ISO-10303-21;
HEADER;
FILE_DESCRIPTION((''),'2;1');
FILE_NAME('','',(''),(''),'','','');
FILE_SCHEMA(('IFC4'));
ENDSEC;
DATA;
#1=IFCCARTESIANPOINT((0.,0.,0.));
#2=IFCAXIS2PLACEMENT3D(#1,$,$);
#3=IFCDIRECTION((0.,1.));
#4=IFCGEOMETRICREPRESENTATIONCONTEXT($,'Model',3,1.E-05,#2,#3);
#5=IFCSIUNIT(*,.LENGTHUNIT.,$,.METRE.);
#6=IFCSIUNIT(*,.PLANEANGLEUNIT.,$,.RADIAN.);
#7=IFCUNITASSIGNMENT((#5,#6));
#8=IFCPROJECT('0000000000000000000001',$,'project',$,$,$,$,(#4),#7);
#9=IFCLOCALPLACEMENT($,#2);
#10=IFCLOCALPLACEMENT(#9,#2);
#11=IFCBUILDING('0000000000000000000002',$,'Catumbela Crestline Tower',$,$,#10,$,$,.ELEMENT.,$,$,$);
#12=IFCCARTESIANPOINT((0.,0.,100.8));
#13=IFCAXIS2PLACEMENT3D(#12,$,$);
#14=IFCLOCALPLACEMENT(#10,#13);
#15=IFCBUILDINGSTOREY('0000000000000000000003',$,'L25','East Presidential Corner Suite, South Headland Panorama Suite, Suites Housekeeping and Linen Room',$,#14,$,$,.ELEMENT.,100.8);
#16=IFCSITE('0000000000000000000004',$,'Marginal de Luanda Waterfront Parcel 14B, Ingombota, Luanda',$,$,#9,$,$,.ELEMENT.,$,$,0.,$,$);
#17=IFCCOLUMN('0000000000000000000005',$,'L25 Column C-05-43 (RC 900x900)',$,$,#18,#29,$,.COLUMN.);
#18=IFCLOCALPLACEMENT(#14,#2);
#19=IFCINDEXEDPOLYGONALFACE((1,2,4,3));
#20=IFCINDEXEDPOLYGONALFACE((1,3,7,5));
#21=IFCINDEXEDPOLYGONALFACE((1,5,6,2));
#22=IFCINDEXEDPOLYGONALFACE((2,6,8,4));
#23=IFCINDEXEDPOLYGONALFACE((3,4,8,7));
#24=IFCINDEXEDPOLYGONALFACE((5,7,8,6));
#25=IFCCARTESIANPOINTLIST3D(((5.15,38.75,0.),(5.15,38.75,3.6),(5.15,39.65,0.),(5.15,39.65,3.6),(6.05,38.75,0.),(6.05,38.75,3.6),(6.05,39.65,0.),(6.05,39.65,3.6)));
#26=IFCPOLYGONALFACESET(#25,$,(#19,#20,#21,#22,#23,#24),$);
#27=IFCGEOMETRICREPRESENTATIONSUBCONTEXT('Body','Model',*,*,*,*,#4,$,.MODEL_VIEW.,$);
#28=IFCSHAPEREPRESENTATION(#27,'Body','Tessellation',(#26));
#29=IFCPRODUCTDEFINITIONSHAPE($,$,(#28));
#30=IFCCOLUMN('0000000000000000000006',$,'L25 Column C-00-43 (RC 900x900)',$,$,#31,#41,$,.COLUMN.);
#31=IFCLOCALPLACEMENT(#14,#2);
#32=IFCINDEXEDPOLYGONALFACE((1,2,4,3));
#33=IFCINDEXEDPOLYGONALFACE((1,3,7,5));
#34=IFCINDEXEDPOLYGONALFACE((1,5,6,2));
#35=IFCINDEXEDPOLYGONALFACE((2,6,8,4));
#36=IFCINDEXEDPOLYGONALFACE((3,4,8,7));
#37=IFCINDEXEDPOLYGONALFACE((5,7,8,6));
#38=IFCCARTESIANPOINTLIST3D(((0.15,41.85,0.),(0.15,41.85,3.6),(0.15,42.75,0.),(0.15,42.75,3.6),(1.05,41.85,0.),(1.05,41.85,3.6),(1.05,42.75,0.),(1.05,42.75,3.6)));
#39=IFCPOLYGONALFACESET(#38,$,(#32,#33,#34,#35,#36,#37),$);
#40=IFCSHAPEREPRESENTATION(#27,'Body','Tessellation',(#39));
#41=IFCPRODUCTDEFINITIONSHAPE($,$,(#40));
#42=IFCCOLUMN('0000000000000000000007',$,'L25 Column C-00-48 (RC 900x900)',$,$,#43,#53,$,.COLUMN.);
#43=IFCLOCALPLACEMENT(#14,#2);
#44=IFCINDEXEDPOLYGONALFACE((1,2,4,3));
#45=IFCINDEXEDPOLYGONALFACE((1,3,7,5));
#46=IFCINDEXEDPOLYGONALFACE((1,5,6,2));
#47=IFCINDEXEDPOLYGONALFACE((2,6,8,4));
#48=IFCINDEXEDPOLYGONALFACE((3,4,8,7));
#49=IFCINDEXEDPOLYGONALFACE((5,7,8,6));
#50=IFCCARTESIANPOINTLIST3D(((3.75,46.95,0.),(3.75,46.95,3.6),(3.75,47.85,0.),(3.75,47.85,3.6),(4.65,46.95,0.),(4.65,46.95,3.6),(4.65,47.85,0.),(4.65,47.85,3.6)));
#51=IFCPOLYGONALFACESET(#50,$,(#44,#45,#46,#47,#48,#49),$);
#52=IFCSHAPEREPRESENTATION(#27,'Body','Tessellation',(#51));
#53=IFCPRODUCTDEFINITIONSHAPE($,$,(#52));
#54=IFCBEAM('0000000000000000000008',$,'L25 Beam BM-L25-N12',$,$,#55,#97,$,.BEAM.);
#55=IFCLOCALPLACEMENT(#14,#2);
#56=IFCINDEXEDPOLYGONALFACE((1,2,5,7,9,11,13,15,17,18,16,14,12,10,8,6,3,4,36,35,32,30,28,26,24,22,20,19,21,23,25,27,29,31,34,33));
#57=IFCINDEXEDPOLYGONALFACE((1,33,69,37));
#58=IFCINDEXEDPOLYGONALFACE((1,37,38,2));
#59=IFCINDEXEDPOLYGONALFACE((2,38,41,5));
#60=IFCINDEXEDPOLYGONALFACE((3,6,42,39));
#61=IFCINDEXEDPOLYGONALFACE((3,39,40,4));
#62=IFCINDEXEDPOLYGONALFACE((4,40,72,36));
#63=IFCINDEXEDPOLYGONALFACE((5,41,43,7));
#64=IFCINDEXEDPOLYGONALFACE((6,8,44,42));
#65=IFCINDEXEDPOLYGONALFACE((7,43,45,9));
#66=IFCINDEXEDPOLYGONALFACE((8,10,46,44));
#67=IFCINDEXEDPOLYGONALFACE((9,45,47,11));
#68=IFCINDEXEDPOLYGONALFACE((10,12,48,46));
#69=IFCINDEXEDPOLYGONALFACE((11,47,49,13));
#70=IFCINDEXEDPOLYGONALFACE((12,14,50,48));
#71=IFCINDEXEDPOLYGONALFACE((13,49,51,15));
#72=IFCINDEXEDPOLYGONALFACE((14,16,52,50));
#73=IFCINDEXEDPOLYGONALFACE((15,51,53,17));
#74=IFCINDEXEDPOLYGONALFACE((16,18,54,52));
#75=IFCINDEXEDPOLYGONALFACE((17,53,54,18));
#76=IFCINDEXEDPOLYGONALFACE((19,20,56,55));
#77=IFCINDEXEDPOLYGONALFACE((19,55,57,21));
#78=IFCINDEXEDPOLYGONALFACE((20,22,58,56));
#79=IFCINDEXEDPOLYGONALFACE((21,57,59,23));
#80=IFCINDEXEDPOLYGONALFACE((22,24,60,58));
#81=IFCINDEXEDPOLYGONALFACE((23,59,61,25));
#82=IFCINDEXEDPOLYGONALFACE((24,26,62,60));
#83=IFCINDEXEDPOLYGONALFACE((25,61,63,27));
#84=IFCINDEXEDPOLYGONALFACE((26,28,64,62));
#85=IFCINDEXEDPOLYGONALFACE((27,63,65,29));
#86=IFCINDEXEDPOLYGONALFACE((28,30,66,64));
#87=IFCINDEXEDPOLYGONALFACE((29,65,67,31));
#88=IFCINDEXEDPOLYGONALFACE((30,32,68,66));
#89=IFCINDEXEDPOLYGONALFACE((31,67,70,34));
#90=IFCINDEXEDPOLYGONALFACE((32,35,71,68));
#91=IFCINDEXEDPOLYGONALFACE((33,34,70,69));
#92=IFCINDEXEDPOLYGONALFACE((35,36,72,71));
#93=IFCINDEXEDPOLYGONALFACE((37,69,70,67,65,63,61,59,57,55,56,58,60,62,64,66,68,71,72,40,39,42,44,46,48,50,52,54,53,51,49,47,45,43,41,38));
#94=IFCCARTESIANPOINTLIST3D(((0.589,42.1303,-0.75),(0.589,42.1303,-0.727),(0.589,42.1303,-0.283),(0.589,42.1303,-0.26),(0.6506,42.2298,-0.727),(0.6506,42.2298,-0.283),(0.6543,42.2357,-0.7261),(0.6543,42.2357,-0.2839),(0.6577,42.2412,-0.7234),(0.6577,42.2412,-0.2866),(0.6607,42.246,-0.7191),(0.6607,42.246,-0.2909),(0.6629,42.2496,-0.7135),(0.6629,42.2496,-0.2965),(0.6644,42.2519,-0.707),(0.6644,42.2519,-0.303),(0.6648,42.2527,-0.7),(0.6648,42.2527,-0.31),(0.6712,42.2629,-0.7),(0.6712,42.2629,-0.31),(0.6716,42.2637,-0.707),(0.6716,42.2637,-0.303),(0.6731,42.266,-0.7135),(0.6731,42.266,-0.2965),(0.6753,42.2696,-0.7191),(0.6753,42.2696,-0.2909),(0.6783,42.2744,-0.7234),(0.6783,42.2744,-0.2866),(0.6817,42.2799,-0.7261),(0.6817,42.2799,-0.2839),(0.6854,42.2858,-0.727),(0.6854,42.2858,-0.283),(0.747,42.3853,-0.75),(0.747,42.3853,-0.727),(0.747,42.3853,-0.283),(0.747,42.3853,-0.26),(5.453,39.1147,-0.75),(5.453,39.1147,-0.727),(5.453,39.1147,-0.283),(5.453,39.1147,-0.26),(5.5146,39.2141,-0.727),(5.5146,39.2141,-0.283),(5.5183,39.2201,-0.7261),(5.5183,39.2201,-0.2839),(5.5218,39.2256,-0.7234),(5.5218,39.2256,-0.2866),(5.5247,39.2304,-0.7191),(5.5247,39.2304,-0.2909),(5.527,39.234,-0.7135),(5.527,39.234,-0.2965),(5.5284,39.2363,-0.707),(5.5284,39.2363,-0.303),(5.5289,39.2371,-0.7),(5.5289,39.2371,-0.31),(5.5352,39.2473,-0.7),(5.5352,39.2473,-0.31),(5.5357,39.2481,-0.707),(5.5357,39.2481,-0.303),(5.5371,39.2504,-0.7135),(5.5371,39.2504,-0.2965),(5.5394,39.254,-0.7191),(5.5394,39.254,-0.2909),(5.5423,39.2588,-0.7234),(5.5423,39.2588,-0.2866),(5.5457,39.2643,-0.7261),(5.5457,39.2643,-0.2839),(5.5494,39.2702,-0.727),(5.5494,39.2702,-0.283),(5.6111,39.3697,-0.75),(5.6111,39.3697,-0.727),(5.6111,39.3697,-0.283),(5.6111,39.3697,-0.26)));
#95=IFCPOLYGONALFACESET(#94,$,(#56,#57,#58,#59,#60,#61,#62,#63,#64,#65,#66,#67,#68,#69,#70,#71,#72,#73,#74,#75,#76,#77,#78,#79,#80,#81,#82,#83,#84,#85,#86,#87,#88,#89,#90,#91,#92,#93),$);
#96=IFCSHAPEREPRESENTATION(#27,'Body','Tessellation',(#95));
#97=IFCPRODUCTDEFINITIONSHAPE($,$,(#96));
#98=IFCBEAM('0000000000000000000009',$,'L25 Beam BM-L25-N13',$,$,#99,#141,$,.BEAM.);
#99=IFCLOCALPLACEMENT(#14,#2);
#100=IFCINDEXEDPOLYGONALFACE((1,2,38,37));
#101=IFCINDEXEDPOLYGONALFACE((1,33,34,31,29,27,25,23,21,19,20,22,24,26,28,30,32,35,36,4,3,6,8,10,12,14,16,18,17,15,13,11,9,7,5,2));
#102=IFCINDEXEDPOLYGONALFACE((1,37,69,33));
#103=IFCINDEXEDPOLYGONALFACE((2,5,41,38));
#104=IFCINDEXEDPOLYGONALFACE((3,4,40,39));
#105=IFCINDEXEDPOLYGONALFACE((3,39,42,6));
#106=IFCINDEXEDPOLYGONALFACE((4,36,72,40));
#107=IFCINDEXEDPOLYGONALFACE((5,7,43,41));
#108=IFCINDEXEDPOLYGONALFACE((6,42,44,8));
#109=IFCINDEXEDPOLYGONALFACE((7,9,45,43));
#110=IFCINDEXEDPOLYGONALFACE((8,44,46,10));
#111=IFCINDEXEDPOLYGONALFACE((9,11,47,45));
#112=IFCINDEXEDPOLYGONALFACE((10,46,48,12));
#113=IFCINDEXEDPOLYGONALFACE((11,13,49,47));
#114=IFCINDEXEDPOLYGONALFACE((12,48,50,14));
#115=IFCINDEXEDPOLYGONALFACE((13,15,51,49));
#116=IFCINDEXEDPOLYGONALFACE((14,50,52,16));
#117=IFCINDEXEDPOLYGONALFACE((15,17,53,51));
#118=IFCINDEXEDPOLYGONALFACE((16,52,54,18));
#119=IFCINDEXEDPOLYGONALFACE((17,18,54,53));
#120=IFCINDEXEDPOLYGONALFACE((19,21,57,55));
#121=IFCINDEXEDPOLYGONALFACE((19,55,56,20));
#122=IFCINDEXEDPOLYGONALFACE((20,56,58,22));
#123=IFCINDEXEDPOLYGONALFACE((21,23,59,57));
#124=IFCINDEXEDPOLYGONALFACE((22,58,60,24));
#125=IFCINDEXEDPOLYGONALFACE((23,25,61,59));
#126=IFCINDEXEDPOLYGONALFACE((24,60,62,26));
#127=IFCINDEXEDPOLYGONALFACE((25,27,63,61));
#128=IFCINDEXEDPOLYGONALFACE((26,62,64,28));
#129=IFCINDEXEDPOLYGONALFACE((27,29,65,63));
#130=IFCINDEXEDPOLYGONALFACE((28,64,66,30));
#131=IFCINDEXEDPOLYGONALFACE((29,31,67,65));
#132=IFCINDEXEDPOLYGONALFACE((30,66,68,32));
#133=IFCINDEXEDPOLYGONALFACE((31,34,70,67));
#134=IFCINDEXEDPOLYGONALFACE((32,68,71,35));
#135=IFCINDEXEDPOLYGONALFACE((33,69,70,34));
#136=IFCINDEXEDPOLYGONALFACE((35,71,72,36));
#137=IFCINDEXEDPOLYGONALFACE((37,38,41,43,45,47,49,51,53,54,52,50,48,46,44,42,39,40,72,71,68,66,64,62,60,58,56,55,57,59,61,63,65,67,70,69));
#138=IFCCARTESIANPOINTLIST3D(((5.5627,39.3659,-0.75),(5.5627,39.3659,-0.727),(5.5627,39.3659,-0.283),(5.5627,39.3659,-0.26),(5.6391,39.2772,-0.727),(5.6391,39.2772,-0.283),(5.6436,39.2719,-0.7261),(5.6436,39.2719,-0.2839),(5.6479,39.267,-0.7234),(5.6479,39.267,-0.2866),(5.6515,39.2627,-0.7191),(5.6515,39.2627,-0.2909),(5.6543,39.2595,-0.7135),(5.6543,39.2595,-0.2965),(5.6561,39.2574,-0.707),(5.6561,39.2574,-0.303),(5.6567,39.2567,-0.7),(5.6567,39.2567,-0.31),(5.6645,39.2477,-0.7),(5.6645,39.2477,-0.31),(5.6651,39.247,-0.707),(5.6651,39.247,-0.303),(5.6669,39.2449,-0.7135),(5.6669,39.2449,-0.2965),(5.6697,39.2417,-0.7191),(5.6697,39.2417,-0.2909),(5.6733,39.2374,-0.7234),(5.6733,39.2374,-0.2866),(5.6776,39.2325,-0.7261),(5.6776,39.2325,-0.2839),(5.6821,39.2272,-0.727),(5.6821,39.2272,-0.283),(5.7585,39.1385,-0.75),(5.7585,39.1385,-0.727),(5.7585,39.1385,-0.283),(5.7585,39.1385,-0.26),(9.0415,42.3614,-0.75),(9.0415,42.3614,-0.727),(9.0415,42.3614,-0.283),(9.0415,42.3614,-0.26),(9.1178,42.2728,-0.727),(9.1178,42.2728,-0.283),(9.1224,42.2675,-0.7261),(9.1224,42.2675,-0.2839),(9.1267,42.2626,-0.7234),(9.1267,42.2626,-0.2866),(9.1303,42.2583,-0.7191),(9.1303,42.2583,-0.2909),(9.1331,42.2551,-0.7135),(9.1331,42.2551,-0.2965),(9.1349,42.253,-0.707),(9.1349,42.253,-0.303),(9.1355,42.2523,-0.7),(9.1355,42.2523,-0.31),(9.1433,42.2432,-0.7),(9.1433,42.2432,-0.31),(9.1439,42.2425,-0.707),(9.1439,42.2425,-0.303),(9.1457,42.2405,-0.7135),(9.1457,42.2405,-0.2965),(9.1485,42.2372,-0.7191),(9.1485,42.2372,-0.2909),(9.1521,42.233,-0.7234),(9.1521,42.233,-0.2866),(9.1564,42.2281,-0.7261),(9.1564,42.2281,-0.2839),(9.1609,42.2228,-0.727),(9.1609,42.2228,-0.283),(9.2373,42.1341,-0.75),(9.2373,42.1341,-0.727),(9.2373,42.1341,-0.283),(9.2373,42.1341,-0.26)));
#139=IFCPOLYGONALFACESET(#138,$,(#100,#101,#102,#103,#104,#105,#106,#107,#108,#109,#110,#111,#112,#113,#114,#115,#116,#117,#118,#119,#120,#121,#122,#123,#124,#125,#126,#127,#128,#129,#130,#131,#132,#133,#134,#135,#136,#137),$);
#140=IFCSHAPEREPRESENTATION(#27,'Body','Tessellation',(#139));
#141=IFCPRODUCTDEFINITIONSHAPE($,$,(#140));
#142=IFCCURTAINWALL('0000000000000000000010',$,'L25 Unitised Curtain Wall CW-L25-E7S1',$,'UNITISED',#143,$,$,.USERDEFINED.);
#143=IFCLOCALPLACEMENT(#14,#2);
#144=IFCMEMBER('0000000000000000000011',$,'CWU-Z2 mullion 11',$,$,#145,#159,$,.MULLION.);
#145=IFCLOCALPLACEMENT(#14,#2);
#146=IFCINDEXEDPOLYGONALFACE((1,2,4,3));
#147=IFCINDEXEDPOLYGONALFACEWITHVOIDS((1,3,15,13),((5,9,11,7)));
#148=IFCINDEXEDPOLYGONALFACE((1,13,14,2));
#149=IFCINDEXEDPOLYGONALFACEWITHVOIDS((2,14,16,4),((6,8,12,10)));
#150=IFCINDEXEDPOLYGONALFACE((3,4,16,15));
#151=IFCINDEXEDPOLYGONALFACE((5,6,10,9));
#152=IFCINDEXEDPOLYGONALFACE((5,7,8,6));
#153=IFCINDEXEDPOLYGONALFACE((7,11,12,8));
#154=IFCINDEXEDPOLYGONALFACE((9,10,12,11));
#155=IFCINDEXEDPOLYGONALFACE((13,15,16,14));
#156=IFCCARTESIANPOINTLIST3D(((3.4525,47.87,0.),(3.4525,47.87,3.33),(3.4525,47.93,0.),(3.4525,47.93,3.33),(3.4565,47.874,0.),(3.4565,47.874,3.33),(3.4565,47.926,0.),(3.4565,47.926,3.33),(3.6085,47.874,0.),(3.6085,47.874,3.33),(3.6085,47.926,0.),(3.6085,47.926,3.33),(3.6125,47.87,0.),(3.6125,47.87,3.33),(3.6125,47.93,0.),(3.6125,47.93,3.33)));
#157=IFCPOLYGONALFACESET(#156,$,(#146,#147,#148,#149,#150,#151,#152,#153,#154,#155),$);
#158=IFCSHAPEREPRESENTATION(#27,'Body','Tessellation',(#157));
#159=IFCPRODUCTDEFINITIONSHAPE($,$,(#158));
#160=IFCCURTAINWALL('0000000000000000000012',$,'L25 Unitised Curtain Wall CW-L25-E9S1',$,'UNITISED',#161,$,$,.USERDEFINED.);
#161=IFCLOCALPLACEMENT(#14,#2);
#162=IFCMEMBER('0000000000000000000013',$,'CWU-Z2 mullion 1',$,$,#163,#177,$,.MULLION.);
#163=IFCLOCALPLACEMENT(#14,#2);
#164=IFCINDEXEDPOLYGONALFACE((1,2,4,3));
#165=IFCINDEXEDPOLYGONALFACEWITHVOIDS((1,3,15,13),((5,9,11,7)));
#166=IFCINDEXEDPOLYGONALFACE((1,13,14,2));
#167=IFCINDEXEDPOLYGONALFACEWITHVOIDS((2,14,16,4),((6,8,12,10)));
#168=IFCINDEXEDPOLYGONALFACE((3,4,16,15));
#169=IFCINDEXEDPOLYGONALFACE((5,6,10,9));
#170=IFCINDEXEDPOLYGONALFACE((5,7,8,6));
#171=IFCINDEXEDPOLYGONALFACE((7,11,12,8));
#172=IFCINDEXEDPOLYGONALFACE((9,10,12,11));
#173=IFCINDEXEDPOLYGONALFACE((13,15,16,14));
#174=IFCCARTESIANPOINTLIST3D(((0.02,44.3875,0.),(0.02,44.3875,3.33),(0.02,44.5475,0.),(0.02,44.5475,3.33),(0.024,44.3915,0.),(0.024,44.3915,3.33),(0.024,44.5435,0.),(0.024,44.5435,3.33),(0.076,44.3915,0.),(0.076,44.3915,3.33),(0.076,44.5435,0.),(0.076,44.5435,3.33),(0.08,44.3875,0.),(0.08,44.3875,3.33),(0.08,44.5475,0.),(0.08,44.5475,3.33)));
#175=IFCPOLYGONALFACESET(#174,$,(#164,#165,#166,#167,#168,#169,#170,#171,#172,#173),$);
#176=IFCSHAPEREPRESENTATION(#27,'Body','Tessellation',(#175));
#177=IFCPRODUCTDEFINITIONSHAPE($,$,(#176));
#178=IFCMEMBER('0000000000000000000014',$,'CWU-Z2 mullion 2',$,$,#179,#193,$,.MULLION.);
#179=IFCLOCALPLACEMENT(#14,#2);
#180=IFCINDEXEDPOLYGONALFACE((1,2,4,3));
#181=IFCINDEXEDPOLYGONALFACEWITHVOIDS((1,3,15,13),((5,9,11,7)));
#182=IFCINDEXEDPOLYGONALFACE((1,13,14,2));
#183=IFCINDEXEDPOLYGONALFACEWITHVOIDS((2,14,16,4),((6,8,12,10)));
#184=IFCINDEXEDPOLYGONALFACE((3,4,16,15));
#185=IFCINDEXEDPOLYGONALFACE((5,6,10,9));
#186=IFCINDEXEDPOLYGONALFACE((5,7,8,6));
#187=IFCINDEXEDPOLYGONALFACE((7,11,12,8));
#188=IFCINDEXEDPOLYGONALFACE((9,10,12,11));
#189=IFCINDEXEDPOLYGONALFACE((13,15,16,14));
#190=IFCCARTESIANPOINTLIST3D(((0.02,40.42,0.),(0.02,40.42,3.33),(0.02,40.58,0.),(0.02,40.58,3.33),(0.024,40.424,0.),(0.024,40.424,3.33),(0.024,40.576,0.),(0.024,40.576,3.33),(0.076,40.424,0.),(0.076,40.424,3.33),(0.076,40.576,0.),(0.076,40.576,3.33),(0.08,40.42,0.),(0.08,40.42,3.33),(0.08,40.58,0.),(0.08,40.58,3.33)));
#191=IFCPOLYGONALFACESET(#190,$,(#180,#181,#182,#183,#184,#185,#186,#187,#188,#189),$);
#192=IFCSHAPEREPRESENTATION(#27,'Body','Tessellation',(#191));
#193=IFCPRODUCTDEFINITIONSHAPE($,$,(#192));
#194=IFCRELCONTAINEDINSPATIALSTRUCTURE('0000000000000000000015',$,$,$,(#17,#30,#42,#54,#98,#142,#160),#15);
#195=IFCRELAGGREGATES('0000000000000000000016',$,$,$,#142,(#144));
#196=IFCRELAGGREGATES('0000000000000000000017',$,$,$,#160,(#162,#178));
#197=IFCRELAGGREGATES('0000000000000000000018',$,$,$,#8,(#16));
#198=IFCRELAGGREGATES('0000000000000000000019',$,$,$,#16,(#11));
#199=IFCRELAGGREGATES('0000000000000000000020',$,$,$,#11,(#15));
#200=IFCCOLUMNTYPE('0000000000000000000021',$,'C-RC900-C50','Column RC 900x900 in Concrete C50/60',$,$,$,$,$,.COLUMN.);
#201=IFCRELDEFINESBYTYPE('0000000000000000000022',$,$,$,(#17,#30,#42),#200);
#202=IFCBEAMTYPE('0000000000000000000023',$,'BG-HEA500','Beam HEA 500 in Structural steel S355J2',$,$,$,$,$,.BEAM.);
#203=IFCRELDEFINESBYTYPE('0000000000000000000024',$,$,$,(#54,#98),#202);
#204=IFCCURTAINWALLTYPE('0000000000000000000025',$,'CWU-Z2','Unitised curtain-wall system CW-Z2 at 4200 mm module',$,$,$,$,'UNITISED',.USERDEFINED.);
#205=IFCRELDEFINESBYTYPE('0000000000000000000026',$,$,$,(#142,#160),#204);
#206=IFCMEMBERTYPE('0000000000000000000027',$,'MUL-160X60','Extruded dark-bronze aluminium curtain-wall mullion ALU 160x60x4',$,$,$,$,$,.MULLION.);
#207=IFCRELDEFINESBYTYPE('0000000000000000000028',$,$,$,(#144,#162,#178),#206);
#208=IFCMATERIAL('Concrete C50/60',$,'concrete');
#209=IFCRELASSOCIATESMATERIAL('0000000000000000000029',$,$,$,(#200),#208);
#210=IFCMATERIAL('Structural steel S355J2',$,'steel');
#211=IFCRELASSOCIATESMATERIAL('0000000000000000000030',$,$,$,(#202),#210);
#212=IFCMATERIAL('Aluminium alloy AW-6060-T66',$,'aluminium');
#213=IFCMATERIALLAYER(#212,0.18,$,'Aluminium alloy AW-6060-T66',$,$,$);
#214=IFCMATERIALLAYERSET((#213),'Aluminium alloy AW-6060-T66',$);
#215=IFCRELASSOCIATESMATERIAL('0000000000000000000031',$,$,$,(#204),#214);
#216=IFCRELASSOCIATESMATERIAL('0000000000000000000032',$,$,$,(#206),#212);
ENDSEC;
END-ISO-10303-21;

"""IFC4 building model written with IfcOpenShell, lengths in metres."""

from ifc_helpers import new_model, si_unit, direction, frame, origin, origin_2d, place, context, subcontext, project, spatial, rectangle, hollow_rectangle, i_section, extrude, material, layer, layer_set, material_profile, profile_set, type_object, element, aggregate, save


model = new_model("IFC4")

# Units and contexts
model_context = context("Model", 3, precision=1e-05, world=origin(), true_north=direction((0.0, 1.0)))
body_context = subcontext(model_context, "Body", "Model", "MODEL_VIEW")
ifc_project = project(units=[si_unit("LENGTHUNIT", "METRE"), si_unit("PLANEANGLEUNIT", "RADIAN")], contexts=[model_context])

# Site, building, storey
site_placement = place(None, origin())
site = spatial("IfcSite", under=ifc_project, at=site_placement, Name="Marginal de Luanda Waterfront Parcel 14B, Ingombota, Luanda", CompositionType="ELEMENT", RefElevation=0.0)
building_placement = place(site_placement, origin())
building = spatial("IfcBuilding", under=site, at=building_placement, Name="Catumbela Crestline Tower", CompositionType="ELEMENT")
storey_placement = place(building_placement, frame((0.0, 0.0, 100.8)))
storey = spatial("IfcBuildingStorey", under=building, at=storey_placement, Name="L25", Description="East Presidential Corner Suite, South Headland Panorama Suite, Suites Housekeeping and Linen Room", CompositionType="ELEMENT", Elevation=100.8)

# Columns
ifc_material_1 = material(Name="Concrete C50/60", Category="concrete")
ifc_material_profile_1 = material_profile(ifc_material_1, rectangle(XDim=0.9, YDim=0.9, at=origin_2d()), Name="RC 900x900")
ifc_profile_set_1 = profile_set([ifc_material_profile_1], Name="Concrete C50/60")
column_type = type_object("IfcColumnType", Name="C-RC900-C50", Description="Column RC 900x900 in Concrete C50/60", PredefinedType="COLUMN", material=ifc_profile_set_1)
for number, where, z_axis, x_axis, name in (
    (1, (5.6, 39.2, 0.0), (0.0, 0.0, 1.0), (1.0, 0.0, 0.0), "L25 Column C-05-43 (RC 900x900)"),
    (2, (0.6, 42.3, 0.0), (0.0, 0.0, 1.0), (1.0, 0.0, 0.0), "L25 Column C-00-43 (RC 900x900)"),
    (3, (4.2, 47.4, 0.0), (0.0, 0.0, 1.0), (1.0, 0.0, 0.0), "L25 Column C-00-48 (RC 900x900)"),
):
    element("IfcColumn", number, at=place(storey_placement, frame(where, z_axis=z_axis, x_axis=x_axis)), inside=storey, type_object=column_type, Name=name, PredefinedType="COLUMN", context=body_context, shape_type="SweptSolid", body=[
        extrude(rectangle(XDim=0.9, YDim=0.9, at=origin_2d()), origin(), (0.0, 0.0, 1.0), 3.6),
    ])

# Beams
ifc_material_2 = material(Name="Structural steel S355J2", Category="steel")
ifc_material_profile_2 = material_profile(ifc_material_2, i_section(OverallWidth=0.3, OverallDepth=0.49, WebThickness=0.012, FlangeThickness=0.023, FilletRadius=0.027, at=origin_2d()), Name="HEA 500")
ifc_profile_set_2 = profile_set([ifc_material_profile_2], Name="Structural steel S355J2")
beam_type_1 = type_object("IfcBeamType", Name="BG-HEA500", Description="Beam HEA 500 in Structural steel S355J2", PredefinedType="BEAM", material=ifc_profile_set_2)
beam_1_placement = place(storey_placement, frame((0.668, 42.2578, -0.505), z_axis=(0.849909, -0.52693, 0.0), x_axis=(0.52693, 0.849909, 0.0)))
element("IfcBeam", 4, at=beam_1_placement, inside=storey, type_object=beam_type_1, Name="L25 Beam BM-L25-N12", PredefinedType="BEAM", context=body_context, shape_type="SweptSolid", body=[
    extrude(i_section(OverallWidth=0.3, OverallDepth=0.49, WebThickness=0.012, FlangeThickness=0.023, FilletRadius=0.027, at=origin_2d()), origin(), (0.0, 0.0, 1.0), 5.723),
])
beam_2_placement = place(storey_placement, frame((5.6606, 39.2522, -0.505), z_axis=(0.757772, 0.652519, 0.0), x_axis=(-0.652519, 0.757772, 0.0)))
element("IfcBeam", 5, at=beam_2_placement, inside=storey, type_object=beam_type_1, Name="L25 Beam BM-L25-N13", PredefinedType="BEAM", context=body_context, shape_type="SweptSolid", body=[
    extrude(i_section(OverallWidth=0.3, OverallDepth=0.49, WebThickness=0.012, FlangeThickness=0.023, FilletRadius=0.027, at=origin_2d()), origin(), (0.0, 0.0, 1.0), 4.5908),
])

# Curtain wall, member
ifc_material_3 = material(Name="Aluminium alloy AW-6060-T66", Category="aluminium")
ifc_layer_1 = layer(ifc_material_3, 0.18, Name="Aluminium alloy AW-6060-T66")
ifc_layer_set_1 = layer_set([ifc_layer_1], Name="Aluminium alloy AW-6060-T66")
curtain_wall_type = type_object("IfcCurtainWallType", Name="CWU-Z2", Description="Unitised curtain-wall system CW-Z2 at 4200 mm module", ElementType="UNITISED", PredefinedType="USERDEFINED", material=ifc_layer_set_1)
curtain_wall_1_placement = place(storey_placement, origin())
curtain_wall_1 = element("IfcCurtainWall", 6, at=curtain_wall_1_placement, inside=storey, type_object=curtain_wall_type, Name="L25 Unitised Curtain Wall CW-L25-E7S1", ObjectType="UNITISED", PredefinedType="USERDEFINED")
ifc_material_profile_3 = material_profile(ifc_material_3, hollow_rectangle(XDim=0.06, YDim=0.16, WallThickness=0.004, at=origin_2d()), Name="ALU 160x60x4")
ifc_profile_set_3 = profile_set([ifc_material_profile_3], Name="Aluminium alloy AW-6060-T66")
member_type_1 = type_object("IfcMemberType", Name="MUL-160X60", Description="Extruded dark-bronze aluminium curtain-wall mullion ALU 160x60x4", PredefinedType="MULLION", material=ifc_profile_set_3)
member_1_placement = place(storey_placement, frame((3.5325, 47.9, 0.0), z_axis=(0.0, 0.0, 1.0), x_axis=(0.0, -1.0, 0.0)))
member_1 = element("IfcMember", 7, at=member_1_placement, type_object=member_type_1, Name="CWU-Z2 mullion 11", PredefinedType="MULLION", context=body_context, shape_type="SweptSolid", body=[
    extrude(hollow_rectangle(XDim=0.06, YDim=0.16, WallThickness=0.004, at=origin_2d()), origin(), (0.0, 0.0, 1.0), 3.33),
])

# Curtain wall, members
curtain_wall_2_placement = place(storey_placement, origin())
curtain_wall_2 = element("IfcCurtainWall", 8, at=curtain_wall_2_placement, inside=storey, type_object=curtain_wall_type, Name="L25 Unitised Curtain Wall CW-L25-E9S1", ObjectType="UNITISED", PredefinedType="USERDEFINED")
member_2_placement = place(storey_placement, frame((0.05, 44.4675, 0.0), z_axis=(0.0, 0.0, 1.0), x_axis=(1.0, 0.0, 0.0)))
member_2 = element("IfcMember", 9, at=member_2_placement, type_object=member_type_1, Name="CWU-Z2 mullion 1", PredefinedType="MULLION", context=body_context, shape_type="SweptSolid", body=[
    extrude(hollow_rectangle(XDim=0.06, YDim=0.16, WallThickness=0.004, at=origin_2d()), origin(), (0.0, 0.0, 1.0), 3.33),
])
member_3_placement = place(storey_placement, frame((0.05, 40.5, 0.0), z_axis=(0.0, 0.0, 1.0), x_axis=(1.0, 0.0, 0.0)))
member_3 = element("IfcMember", 10, at=member_3_placement, type_object=member_type_1, Name="CWU-Z2 mullion 2", PredefinedType="MULLION", context=body_context, shape_type="SweptSolid", body=[
    extrude(hollow_rectangle(XDim=0.06, YDim=0.16, WallThickness=0.004, at=origin_2d()), origin(), (0.0, 0.0, 1.0), 3.33),
])

aggregate(curtain_wall_1, [member_1])
aggregate(curtain_wall_2, [member_2, member_3])

save(model, "model.ifc")
